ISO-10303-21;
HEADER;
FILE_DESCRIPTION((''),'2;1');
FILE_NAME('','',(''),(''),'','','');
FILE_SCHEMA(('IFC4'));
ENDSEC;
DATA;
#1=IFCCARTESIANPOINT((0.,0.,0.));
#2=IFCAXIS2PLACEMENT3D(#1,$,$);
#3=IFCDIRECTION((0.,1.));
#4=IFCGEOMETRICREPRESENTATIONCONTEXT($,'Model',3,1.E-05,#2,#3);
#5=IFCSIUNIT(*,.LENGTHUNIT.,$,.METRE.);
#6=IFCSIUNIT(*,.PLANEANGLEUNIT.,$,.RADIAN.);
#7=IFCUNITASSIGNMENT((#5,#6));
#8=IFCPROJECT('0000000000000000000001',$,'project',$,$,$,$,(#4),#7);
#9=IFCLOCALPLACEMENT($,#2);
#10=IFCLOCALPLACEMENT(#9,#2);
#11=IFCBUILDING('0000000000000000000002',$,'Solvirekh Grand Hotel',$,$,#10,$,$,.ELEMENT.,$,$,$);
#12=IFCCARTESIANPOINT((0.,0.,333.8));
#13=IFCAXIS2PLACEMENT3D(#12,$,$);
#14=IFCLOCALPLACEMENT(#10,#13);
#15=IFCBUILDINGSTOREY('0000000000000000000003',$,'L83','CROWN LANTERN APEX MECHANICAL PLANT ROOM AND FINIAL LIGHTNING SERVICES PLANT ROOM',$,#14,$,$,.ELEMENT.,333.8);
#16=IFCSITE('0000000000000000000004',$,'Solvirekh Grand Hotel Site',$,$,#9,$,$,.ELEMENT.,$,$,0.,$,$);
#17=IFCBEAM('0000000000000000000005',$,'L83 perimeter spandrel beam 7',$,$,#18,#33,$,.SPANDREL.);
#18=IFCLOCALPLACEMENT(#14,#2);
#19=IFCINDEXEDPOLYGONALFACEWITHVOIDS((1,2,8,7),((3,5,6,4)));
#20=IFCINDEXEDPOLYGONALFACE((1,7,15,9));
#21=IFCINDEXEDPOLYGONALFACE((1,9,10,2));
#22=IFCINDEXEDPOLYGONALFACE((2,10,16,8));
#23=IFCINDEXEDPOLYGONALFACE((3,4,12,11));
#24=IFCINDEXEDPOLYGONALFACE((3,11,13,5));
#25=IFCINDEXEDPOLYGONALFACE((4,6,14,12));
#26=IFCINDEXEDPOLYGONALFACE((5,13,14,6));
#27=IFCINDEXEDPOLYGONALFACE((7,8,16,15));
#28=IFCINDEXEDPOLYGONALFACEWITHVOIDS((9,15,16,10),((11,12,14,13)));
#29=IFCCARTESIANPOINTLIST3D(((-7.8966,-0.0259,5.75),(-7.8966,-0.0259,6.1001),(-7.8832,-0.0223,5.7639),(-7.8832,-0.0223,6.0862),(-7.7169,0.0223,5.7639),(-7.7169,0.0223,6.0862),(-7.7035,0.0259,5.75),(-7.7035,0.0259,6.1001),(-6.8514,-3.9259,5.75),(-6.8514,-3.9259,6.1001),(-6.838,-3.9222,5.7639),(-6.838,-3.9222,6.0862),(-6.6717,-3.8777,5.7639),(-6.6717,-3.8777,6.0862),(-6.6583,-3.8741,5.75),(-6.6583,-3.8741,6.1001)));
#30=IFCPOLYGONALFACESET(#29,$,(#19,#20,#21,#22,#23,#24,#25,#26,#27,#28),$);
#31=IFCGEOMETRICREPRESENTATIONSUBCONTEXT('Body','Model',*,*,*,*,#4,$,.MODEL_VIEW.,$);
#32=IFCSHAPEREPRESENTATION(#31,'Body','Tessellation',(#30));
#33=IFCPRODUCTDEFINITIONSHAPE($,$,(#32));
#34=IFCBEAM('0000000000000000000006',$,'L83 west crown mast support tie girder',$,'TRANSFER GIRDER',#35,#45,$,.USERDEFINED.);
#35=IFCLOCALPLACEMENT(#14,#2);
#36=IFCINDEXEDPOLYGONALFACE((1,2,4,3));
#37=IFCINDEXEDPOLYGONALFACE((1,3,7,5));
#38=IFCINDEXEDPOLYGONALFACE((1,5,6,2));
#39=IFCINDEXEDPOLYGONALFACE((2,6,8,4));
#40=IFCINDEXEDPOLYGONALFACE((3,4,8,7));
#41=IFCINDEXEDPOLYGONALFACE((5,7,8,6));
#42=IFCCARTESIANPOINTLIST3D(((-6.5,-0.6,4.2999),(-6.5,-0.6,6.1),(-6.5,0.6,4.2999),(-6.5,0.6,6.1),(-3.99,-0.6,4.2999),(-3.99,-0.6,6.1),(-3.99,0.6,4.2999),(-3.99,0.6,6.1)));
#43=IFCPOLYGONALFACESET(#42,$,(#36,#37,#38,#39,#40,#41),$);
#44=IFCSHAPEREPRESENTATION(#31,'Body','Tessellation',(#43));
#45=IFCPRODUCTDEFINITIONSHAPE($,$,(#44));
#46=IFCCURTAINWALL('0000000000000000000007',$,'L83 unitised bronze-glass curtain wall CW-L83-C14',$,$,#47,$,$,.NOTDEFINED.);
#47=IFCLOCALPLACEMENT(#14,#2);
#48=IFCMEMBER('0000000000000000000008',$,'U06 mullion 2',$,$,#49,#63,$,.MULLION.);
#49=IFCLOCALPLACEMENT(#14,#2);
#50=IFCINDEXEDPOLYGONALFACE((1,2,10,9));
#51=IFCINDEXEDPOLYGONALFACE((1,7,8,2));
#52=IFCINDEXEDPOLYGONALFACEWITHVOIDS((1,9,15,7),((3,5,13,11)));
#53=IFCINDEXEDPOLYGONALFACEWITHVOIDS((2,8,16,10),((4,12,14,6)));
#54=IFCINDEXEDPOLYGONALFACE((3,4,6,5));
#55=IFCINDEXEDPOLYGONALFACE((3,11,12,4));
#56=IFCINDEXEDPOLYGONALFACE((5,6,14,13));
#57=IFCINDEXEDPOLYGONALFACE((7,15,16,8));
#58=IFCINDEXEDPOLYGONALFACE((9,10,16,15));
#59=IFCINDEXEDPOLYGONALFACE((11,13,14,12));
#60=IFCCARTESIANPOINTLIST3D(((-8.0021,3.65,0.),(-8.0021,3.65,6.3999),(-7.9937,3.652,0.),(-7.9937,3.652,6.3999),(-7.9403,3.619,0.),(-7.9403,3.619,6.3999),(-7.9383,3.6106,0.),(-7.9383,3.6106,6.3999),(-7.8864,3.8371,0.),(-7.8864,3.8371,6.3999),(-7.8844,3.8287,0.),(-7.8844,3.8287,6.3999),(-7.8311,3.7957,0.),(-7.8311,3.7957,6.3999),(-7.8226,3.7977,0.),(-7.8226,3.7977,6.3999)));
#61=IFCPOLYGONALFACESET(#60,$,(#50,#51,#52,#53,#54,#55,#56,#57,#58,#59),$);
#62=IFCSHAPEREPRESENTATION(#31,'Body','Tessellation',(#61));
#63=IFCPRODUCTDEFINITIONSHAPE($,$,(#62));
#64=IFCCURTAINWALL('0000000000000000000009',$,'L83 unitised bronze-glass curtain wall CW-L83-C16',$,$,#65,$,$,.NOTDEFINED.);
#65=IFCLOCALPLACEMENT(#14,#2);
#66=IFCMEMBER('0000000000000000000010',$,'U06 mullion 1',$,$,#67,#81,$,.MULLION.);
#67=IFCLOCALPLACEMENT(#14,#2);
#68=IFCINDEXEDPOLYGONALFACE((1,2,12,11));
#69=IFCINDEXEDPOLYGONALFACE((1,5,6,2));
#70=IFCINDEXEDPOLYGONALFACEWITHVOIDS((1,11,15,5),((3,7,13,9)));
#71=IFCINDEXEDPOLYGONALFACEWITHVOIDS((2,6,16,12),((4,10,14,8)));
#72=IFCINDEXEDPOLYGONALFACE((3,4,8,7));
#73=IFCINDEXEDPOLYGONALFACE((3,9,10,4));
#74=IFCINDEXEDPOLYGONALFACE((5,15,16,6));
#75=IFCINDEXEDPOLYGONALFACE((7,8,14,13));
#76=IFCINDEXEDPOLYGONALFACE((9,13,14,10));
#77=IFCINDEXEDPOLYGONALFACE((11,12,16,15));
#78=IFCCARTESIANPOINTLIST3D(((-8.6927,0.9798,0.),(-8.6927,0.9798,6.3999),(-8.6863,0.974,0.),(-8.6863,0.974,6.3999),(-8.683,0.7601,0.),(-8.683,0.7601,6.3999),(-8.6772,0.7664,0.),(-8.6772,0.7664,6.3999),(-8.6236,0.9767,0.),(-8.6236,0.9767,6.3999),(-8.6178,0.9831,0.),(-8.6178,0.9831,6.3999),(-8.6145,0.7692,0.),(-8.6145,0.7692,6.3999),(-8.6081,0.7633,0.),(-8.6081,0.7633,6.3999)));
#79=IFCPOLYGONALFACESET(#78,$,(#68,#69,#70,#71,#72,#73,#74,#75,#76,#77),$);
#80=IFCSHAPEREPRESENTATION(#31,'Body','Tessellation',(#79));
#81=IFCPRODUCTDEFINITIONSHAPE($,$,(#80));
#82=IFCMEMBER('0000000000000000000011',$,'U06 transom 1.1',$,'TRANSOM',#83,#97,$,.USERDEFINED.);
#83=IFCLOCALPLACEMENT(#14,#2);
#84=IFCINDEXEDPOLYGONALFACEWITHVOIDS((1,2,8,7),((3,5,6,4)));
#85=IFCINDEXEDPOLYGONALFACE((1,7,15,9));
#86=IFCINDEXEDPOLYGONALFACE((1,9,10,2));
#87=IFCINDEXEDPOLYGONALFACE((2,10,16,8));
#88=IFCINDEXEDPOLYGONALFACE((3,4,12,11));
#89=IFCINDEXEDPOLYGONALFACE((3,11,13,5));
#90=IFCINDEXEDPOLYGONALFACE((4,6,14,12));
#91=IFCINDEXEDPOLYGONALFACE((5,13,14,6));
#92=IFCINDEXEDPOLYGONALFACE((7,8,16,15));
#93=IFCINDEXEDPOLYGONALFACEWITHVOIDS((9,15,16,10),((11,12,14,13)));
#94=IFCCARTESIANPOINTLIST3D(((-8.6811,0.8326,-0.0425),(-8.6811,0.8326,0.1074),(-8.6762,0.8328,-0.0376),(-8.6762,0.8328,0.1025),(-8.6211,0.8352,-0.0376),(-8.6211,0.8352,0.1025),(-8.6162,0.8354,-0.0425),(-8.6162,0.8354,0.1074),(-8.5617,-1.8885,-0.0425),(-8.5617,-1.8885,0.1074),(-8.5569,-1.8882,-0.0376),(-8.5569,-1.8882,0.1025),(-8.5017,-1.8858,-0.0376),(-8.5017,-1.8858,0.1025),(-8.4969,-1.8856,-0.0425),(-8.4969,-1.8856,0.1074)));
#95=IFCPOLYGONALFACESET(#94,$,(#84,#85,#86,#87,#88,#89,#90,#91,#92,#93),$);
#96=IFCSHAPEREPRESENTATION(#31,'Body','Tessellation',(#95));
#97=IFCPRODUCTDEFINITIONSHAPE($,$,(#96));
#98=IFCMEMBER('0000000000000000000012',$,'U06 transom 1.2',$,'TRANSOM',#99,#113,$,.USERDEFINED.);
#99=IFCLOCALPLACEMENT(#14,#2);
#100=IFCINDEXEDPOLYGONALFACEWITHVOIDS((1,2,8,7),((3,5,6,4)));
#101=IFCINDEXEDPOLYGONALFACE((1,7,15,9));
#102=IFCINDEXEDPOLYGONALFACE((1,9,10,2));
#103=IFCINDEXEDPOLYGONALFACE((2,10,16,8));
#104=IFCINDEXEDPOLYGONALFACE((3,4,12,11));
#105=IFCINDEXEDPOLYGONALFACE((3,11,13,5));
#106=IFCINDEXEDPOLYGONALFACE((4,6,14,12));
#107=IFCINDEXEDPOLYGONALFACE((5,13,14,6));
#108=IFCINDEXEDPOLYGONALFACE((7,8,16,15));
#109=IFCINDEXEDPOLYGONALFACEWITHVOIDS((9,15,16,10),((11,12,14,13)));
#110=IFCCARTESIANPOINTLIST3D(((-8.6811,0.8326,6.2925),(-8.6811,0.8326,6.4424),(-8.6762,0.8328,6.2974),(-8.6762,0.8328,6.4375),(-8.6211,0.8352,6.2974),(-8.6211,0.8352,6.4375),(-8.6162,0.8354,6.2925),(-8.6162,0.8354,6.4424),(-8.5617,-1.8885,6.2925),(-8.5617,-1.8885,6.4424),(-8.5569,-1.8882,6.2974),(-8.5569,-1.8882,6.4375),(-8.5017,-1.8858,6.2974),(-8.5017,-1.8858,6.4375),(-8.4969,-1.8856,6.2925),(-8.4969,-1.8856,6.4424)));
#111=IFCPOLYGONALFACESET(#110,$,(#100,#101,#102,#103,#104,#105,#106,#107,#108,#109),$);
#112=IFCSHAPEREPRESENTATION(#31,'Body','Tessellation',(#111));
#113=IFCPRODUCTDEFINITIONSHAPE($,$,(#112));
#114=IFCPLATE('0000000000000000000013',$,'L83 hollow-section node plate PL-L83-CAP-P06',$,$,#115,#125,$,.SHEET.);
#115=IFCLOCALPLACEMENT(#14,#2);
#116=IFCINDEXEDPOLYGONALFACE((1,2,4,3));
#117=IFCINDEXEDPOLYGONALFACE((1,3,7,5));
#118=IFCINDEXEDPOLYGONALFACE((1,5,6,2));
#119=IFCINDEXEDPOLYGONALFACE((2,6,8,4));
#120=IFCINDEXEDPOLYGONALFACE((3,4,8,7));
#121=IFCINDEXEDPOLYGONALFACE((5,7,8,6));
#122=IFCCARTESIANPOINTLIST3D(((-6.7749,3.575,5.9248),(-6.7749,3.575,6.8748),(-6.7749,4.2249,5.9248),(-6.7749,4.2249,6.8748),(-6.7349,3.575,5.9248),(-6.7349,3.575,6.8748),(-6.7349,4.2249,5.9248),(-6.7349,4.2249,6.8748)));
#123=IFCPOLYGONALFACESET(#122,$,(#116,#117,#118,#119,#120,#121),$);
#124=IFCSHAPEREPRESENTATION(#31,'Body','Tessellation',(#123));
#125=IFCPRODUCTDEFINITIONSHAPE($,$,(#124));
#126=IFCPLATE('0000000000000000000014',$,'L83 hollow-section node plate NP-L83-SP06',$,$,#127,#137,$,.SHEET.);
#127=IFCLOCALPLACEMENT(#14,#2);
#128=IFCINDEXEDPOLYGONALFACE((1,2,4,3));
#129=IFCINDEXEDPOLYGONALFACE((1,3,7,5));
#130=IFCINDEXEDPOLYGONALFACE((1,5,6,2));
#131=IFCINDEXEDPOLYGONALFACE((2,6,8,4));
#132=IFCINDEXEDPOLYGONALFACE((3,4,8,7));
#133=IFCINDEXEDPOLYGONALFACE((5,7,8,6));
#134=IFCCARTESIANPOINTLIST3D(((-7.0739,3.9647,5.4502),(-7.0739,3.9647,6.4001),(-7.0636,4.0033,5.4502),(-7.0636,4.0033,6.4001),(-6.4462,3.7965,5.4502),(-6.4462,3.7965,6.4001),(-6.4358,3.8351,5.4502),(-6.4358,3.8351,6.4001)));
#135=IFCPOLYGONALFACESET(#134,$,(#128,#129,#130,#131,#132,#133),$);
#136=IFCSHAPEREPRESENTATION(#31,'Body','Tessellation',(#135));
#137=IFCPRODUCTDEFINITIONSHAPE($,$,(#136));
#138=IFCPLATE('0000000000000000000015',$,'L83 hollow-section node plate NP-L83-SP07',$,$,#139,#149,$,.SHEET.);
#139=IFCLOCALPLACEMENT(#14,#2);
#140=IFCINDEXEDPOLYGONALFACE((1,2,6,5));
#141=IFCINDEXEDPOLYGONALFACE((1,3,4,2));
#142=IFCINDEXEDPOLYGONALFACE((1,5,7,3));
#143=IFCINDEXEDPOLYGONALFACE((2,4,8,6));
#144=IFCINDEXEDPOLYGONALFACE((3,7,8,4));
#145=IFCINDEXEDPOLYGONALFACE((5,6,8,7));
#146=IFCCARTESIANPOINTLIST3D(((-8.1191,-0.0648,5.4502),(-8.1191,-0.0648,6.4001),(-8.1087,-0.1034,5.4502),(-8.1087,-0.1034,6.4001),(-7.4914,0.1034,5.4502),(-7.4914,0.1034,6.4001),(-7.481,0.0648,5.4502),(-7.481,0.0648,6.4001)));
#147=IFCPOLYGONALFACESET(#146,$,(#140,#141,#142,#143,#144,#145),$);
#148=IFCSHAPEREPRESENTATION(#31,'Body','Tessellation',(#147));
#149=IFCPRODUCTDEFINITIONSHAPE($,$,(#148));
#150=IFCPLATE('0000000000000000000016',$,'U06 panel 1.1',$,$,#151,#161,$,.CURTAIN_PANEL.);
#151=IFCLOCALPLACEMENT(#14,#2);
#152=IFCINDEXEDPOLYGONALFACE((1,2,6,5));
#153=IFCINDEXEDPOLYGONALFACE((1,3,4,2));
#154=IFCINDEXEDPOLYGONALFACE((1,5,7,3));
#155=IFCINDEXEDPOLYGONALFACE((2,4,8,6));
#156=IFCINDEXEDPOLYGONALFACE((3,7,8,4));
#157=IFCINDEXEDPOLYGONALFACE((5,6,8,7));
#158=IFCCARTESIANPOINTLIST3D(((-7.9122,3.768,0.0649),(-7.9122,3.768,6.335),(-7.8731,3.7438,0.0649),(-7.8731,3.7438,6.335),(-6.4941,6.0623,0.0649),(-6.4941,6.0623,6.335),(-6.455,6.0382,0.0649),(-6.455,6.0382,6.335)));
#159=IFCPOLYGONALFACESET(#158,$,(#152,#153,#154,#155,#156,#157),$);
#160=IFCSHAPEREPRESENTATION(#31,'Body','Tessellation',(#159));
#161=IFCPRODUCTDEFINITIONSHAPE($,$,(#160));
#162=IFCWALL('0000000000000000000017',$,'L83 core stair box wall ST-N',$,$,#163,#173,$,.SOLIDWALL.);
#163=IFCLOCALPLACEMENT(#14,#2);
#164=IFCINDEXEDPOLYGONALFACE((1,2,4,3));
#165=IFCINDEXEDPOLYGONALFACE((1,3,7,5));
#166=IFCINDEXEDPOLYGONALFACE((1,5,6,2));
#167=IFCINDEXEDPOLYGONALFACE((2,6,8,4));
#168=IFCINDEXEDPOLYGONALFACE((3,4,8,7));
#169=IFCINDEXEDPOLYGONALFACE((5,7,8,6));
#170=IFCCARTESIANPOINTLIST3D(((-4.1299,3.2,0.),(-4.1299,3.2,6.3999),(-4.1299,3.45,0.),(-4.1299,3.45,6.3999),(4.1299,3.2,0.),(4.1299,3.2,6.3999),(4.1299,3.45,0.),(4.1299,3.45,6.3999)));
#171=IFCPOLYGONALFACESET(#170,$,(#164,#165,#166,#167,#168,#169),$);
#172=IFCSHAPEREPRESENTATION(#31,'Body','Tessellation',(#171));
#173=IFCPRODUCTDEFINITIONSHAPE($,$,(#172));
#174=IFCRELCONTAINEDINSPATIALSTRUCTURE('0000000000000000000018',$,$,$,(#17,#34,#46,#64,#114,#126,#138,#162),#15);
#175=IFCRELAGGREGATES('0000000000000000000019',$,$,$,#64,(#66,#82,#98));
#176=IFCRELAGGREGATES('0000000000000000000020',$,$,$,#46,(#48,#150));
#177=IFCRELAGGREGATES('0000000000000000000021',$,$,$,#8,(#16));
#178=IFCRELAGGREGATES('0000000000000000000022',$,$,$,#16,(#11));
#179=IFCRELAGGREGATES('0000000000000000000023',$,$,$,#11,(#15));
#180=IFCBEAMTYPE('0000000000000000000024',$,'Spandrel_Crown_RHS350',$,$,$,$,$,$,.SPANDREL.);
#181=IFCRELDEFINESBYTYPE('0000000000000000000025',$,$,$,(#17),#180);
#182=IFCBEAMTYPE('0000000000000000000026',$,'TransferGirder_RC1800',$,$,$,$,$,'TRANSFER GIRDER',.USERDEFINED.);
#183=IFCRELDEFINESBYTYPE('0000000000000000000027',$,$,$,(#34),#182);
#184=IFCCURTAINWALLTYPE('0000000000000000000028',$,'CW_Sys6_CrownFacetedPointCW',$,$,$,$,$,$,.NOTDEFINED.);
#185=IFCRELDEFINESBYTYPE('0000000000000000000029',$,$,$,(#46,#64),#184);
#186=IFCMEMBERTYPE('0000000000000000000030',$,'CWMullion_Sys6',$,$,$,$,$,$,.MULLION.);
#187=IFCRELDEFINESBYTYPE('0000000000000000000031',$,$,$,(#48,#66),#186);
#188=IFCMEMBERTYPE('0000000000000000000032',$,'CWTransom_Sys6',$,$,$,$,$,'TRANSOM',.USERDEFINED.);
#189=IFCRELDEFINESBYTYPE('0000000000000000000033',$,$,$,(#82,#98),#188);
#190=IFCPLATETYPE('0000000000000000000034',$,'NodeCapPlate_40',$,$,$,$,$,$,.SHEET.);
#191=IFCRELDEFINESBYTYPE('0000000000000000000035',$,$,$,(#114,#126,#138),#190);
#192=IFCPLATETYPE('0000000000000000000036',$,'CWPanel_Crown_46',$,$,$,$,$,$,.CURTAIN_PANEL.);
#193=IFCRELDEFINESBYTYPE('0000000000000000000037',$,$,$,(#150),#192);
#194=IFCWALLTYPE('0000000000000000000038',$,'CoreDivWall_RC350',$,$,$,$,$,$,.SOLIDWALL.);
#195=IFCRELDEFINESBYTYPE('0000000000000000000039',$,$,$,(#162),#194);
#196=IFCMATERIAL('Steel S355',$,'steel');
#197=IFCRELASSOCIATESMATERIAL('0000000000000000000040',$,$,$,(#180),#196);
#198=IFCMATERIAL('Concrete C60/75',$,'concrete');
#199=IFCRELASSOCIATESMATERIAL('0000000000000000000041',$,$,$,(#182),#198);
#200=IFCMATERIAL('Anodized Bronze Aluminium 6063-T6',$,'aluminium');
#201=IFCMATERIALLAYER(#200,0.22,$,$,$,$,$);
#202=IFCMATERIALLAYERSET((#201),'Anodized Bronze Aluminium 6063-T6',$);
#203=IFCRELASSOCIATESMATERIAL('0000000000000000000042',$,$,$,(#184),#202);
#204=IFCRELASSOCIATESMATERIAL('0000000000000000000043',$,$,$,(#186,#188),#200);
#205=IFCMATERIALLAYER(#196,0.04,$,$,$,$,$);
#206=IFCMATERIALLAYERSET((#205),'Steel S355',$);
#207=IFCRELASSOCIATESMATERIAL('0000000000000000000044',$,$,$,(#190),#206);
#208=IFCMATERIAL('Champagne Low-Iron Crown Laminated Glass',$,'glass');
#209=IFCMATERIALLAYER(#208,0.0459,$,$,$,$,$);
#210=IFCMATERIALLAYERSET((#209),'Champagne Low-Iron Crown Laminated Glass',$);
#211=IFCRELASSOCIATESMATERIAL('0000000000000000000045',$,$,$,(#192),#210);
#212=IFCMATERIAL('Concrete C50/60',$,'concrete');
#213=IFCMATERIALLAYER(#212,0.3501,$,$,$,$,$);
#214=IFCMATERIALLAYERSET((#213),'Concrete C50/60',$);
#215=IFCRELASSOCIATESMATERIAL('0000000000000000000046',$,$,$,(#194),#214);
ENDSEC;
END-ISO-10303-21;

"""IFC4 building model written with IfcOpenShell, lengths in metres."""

from ifc_helpers import new_model, si_unit, direction, frame, frame_2d, origin, origin_2d, place, context, subcontext, project, spatial, rectangle, hollow_rectangle, extrude, source, transform, mapped, material, layer, layer_set, material_profile, profile_set, type_object, element, aggregate, save


model = new_model("IFC4")

# Units and contexts
model_context = context("Model", 3, precision=1e-05, world=origin(), true_north=direction((0.0, 1.0)))
body_context = subcontext(model_context, "Body", "Model", "MODEL_VIEW")
ifc_project = project(units=[si_unit("LENGTHUNIT", "METRE"), si_unit("PLANEANGLEUNIT", "RADIAN")], contexts=[model_context])

# Site, building, storey
site_placement = place(None, origin())
site = spatial("IfcSite", under=ifc_project, at=site_placement, Name="Solvirekh Grand Hotel Site", CompositionType="ELEMENT", RefElevation=0.0)
building_placement = place(site_placement, origin())
building = spatial("IfcBuilding", under=site, at=building_placement, Name="Solvirekh Grand Hotel", CompositionType="ELEMENT")
storey_placement = place(building_placement, frame((0.0, 0.0, 333.8)))
storey = spatial("IfcBuildingStorey", under=building, at=storey_placement, Name="L83", Description="CROWN LANTERN APEX MECHANICAL PLANT ROOM AND FINIAL LIGHTNING SERVICES PLANT ROOM", CompositionType="ELEMENT", Elevation=333.8)

# Shared definitions
ifc_material_1 = material(Name="Concrete C50/60", Category="concrete")
ifc_material_2 = material(Name="Steel S355", Category="steel")

# Shared definitions
ifc_material_3 = material(Name="Concrete C60/75", Category="concrete")

# Beams
ifc_material_profile_1 = material_profile(ifc_material_2, hollow_rectangle(XDim=0.2, YDim=0.3501, WallThickness=0.0139, at=origin_2d()), Name="RHS 350X200X14")
ifc_profile_set_1 = profile_set([ifc_material_profile_1], Name="Steel S355")
beam_type_1 = type_object("IfcBeamType", Name="Spandrel_Crown_RHS350", PredefinedType="SPANDREL", material=ifc_profile_set_1)
for number, where, z_axis, x_axis, name in (
    (1, (-7.8, 0.0, 5.925), (0.258863, -0.965914, 0.0), (0.965914, 0.258863, 0.0), "L83 perimeter spandrel beam 7"),
):
    element("IfcBeam", number, at=place(storey_placement, frame(where, z_axis=z_axis, x_axis=x_axis)), inside=storey, type_object=beam_type_1, Name=name, PredefinedType="SPANDREL", context=body_context, shape_type="SweptSolid", body=[
        extrude(hollow_rectangle(XDim=0.2, YDim=0.3501, WallThickness=0.0139, at=origin_2d()), origin(), (0.0, 0.0, 1.0), 4.0376),
    ])
ifc_material_profile_2 = material_profile(ifc_material_3, rectangle(XDim=1.2, YDim=1.8, at=origin_2d()), Name="RC GIRDER 1200X1800")
ifc_profile_set_2 = profile_set([ifc_material_profile_2], Name="Concrete C60/75")
beam_type_2 = type_object("IfcBeamType", Name="TransferGirder_RC1800", ElementType="TRANSFER GIRDER", PredefinedType="USERDEFINED", material=ifc_profile_set_2)
beam_1_placement = place(storey_placement, frame((-6.5, 0.0, 5.2), z_axis=(1.0, 0.0, 0.0), x_axis=(0.0, 1.0, 0.0)))
element("IfcBeam", 2, at=beam_1_placement, inside=storey, type_object=beam_type_2, Name="L83 west crown mast support tie girder", ObjectType="TRANSFER GIRDER", PredefinedType="USERDEFINED", context=body_context, shape_type="SweptSolid", body=[
    extrude(rectangle(XDim=1.2, YDim=1.8, at=origin_2d()), origin(), (0.0, 0.0, 1.0), 2.51),
])

# Curtain wall, member
ifc_material_4 = material(Name="Anodized Bronze Aluminium 6063-T6", Category="aluminium")
ifc_layer_1 = layer(ifc_material_4, 0.22)
ifc_layer_set_1 = layer_set([ifc_layer_1], Name="Anodized Bronze Aluminium 6063-T6")
curtain_wall_type = type_object("IfcCurtainWallType", Name="CW_Sys6_CrownFacetedPointCW", PredefinedType="NOTDEFINED", material=ifc_layer_set_1)
curtain_wall_1_placement = place(storey_placement, origin())
curtain_wall_1 = element("IfcCurtainWall", 3, at=curtain_wall_1_placement, inside=storey, type_object=curtain_wall_type, Name="L83 unitised bronze-glass curtain wall CW-L83-C14", PredefinedType="NOTDEFINED")
ifc_material_profile_3 = material_profile(ifc_material_4, hollow_rectangle(XDim=0.075, YDim=0.22, WallThickness=0.0061, at=origin_2d()), Name="ALU RHS 220X75X6")
ifc_profile_set_3 = profile_set([ifc_material_profile_3], Name="Anodized Bronze Aluminium 6063-T6")
member_type_1 = type_object("IfcMemberType", Name="CWMullion_Sys6", PredefinedType="MULLION", material=ifc_profile_set_3)
shared_shape_1 = source(origin(), body_context, "Body", "SweptSolid", [
    extrude(hollow_rectangle(XDim=0.075, YDim=0.22, WallThickness=0.0061, at=origin_2d()), origin(), (0.0, 0.0, 1.0), 6.3999),
])
member_1_placement = place(storey_placement, frame((-7.9124, 3.7239, 0.0), z_axis=(0.0, 0.0, 1.0), x_axis=(0.850632, -0.525762, 0.0)))
member_1 = element("IfcMember", 4, at=member_1_placement, type_object=member_type_1, Name="U06 mullion 2", PredefinedType="MULLION", context=body_context, shape_type="MappedRepresentation", body=[
    mapped(shared_shape_1, transform((0.0, 0.0, 0.0), x_axis=(1.0, 0.0, 0.0), y_axis=(0.0, 1.0, 0.0), z_axis=(0.0, 0.0, 1.0), scale=1.0)),
])

# Curtain wall, members
curtain_wall_2_placement = place(storey_placement, origin())
curtain_wall_2 = element("IfcCurtainWall", 5, at=curtain_wall_2_placement, inside=storey, type_object=curtain_wall_type, Name="L83 unitised bronze-glass curtain wall CW-L83-C16", PredefinedType="NOTDEFINED")
member_2_placement = place(storey_placement, frame((-8.6504, 0.8716, 0.0), z_axis=(0.0, 0.0, 1.0), x_axis=(0.999038, 0.043845, 0.0)))
member_2 = element("IfcMember", 6, at=member_2_placement, type_object=member_type_1, Name="U06 mullion 1", PredefinedType="MULLION", context=body_context, shape_type="MappedRepresentation", body=[
    mapped(shared_shape_1, transform((0.0, 0.0, 0.0), x_axis=(1.0, 0.0, 0.0), y_axis=(0.0, 1.0, 0.0), z_axis=(0.0, 0.0, 1.0), scale=1.0)),
])
ifc_material_profile_4 = material_profile(ifc_material_4, hollow_rectangle(XDim=0.0649, YDim=0.1499, WallThickness=0.0049, at=origin_2d()), Name="ALU RHS 150X65X5")
ifc_profile_set_4 = profile_set([ifc_material_profile_4], Name="Anodized Bronze Aluminium 6063-T6")
member_type_2 = type_object("IfcMemberType", Name="CWTransom_Sys6", ElementType="TRANSOM", PredefinedType="USERDEFINED", material=ifc_profile_set_4)
shared_shape_2 = source(origin(), body_context, "Body", "SweptSolid", [
    extrude(hollow_rectangle(XDim=0.0649, YDim=0.1499, WallThickness=0.0049, at=origin_2d()), origin(), (0.0, 0.0, 1.0), 2.7236),
])
member_3_placement = place(storey_placement, frame((-8.6487, 0.834, 0.0325), z_axis=(0.043834, -0.999039, 0.0), x_axis=(0.999039, 0.043834, 0.0)))
member_3 = element("IfcMember", 7, at=member_3_placement, type_object=member_type_2, Name="U06 transom 1.1", ObjectType="TRANSOM", PredefinedType="USERDEFINED", context=body_context, shape_type="MappedRepresentation", body=[
    mapped(shared_shape_2, transform((0.0, 0.0, 0.0), x_axis=(1.0, 0.0, 0.0), y_axis=(0.0, 1.0, 0.0), z_axis=(0.0, 0.0, 1.0), scale=1.0)),
])
member_4_placement = place(storey_placement, frame((-8.6487, 0.834, 6.3674), z_axis=(0.043834, -0.999039, 0.0), x_axis=(0.999039, 0.043834, 0.0)))
member_4 = element("IfcMember", 8, at=member_4_placement, type_object=member_type_2, Name="U06 transom 1.2", ObjectType="TRANSOM", PredefinedType="USERDEFINED", context=body_context, shape_type="MappedRepresentation", body=[
    mapped(shared_shape_2, transform((0.0, 0.0, 0.0), x_axis=(1.0, 0.0, 0.0), y_axis=(0.0, 1.0, 0.0), z_axis=(0.0, 0.0, 1.0), scale=1.0)),
])
aggregate(curtain_wall_2, [member_2, member_3, member_4])

# Plates
ifc_layer_2 = layer(ifc_material_2, 0.04)
ifc_layer_set_2 = layer_set([ifc_layer_2], Name="Steel S355")
plate_type_1 = type_object("IfcPlateType", Name="NodeCapPlate_40", PredefinedType="SHEET", material=ifc_layer_set_2)
for number, where, z_axis, x_axis, name in (
    (9, (-6.7549, 3.8999, 5.9248), (0.0, 0.0, 1.0), (1.0, 0.0, 0.0), "L83 hollow-section node plate PL-L83-CAP-P06"),
    (10, (-6.7549, 3.8999, 5.4502), (0.0, 0.0, 1.0), (-0.258819, -0.965926, 0.0), "L83 hollow-section node plate NP-L83-SP06"),
    (11, (-7.8, 0.0, 5.4502), (0.0, 0.0, 1.0), (0.258819, -0.965926, 0.0), "L83 hollow-section node plate NP-L83-SP07"),
):
    element("IfcPlate", number, at=place(storey_placement, frame(where, z_axis=z_axis, x_axis=x_axis)), inside=storey, type_object=plate_type_1, Name=name, PredefinedType="SHEET", context=body_context, shape_type="SweptSolid", body=[
        extrude(rectangle(XDim=0.04, YDim=0.6499, at=origin_2d()), origin(), (0.0, 0.0, 1.0), 0.95),
    ])

# Plate
ifc_material_5 = material(Name="Champagne Low-Iron Crown Laminated Glass", Category="glass")
ifc_layer_3 = layer(ifc_material_5, 0.0459)
ifc_layer_set_3 = layer_set([ifc_layer_3], Name="Champagne Low-Iron Crown Laminated Glass")
plate_type_2 = type_object("IfcPlateType", Name="CWPanel_Crown_46", PredefinedType="CURTAIN_PANEL", material=ifc_layer_set_3)
shared_shape_3 = source(origin(), body_context, "Body", "SweptSolid", [
    extrude(rectangle(XDim=2.6973, YDim=0.0459, at=origin_2d()), origin(), (0.0, 0.0, 1.0), 6.27),
])
plate_placement = place(storey_placement, frame((-7.1836, 4.9031, 0.0649), z_axis=(0.0, 0.0, 1.0), x_axis=(-0.525762, -0.850632, 0.0)))
plate = element("IfcPlate", 12, at=plate_placement, type_object=plate_type_2, Name="U06 panel 1.1", PredefinedType="CURTAIN_PANEL", context=body_context, shape_type="MappedRepresentation", body=[
    mapped(shared_shape_3, transform((0.0, 0.0, 0.0), x_axis=(1.0, 0.0, 0.0), y_axis=(0.0, 1.0, 0.0), z_axis=(0.0, 0.0, 1.0), scale=1.0)),
])
aggregate(curtain_wall_1, [member_1, plate])

# Wall
ifc_layer_4 = layer(ifc_material_1, 0.3501)
ifc_layer_set_4 = layer_set([ifc_layer_4], Name="Concrete C50/60")
wall_type_1 = type_object("IfcWallType", Name="CoreDivWall_RC350", PredefinedType="SOLIDWALL", material=ifc_layer_set_4)
wall_1_placement = place(storey_placement, frame((-4.1299, 3.325, 0.0), z_axis=(0.0, 0.0, 1.0), x_axis=(1.0, 0.0, 0.0)))
element("IfcWall", 13, at=wall_1_placement, inside=storey, type_object=wall_type_1, Name="L83 core stair box wall ST-N", PredefinedType="SOLIDWALL", context=body_context, shape_type="SweptSolid", body=[
    extrude(rectangle(XDim=8.2598, YDim=0.25, at=frame_2d((4.1299, 0.0))), origin(), (0.0, 0.0, 1.0), 6.3999),
])

save(model, "model.ifc")
